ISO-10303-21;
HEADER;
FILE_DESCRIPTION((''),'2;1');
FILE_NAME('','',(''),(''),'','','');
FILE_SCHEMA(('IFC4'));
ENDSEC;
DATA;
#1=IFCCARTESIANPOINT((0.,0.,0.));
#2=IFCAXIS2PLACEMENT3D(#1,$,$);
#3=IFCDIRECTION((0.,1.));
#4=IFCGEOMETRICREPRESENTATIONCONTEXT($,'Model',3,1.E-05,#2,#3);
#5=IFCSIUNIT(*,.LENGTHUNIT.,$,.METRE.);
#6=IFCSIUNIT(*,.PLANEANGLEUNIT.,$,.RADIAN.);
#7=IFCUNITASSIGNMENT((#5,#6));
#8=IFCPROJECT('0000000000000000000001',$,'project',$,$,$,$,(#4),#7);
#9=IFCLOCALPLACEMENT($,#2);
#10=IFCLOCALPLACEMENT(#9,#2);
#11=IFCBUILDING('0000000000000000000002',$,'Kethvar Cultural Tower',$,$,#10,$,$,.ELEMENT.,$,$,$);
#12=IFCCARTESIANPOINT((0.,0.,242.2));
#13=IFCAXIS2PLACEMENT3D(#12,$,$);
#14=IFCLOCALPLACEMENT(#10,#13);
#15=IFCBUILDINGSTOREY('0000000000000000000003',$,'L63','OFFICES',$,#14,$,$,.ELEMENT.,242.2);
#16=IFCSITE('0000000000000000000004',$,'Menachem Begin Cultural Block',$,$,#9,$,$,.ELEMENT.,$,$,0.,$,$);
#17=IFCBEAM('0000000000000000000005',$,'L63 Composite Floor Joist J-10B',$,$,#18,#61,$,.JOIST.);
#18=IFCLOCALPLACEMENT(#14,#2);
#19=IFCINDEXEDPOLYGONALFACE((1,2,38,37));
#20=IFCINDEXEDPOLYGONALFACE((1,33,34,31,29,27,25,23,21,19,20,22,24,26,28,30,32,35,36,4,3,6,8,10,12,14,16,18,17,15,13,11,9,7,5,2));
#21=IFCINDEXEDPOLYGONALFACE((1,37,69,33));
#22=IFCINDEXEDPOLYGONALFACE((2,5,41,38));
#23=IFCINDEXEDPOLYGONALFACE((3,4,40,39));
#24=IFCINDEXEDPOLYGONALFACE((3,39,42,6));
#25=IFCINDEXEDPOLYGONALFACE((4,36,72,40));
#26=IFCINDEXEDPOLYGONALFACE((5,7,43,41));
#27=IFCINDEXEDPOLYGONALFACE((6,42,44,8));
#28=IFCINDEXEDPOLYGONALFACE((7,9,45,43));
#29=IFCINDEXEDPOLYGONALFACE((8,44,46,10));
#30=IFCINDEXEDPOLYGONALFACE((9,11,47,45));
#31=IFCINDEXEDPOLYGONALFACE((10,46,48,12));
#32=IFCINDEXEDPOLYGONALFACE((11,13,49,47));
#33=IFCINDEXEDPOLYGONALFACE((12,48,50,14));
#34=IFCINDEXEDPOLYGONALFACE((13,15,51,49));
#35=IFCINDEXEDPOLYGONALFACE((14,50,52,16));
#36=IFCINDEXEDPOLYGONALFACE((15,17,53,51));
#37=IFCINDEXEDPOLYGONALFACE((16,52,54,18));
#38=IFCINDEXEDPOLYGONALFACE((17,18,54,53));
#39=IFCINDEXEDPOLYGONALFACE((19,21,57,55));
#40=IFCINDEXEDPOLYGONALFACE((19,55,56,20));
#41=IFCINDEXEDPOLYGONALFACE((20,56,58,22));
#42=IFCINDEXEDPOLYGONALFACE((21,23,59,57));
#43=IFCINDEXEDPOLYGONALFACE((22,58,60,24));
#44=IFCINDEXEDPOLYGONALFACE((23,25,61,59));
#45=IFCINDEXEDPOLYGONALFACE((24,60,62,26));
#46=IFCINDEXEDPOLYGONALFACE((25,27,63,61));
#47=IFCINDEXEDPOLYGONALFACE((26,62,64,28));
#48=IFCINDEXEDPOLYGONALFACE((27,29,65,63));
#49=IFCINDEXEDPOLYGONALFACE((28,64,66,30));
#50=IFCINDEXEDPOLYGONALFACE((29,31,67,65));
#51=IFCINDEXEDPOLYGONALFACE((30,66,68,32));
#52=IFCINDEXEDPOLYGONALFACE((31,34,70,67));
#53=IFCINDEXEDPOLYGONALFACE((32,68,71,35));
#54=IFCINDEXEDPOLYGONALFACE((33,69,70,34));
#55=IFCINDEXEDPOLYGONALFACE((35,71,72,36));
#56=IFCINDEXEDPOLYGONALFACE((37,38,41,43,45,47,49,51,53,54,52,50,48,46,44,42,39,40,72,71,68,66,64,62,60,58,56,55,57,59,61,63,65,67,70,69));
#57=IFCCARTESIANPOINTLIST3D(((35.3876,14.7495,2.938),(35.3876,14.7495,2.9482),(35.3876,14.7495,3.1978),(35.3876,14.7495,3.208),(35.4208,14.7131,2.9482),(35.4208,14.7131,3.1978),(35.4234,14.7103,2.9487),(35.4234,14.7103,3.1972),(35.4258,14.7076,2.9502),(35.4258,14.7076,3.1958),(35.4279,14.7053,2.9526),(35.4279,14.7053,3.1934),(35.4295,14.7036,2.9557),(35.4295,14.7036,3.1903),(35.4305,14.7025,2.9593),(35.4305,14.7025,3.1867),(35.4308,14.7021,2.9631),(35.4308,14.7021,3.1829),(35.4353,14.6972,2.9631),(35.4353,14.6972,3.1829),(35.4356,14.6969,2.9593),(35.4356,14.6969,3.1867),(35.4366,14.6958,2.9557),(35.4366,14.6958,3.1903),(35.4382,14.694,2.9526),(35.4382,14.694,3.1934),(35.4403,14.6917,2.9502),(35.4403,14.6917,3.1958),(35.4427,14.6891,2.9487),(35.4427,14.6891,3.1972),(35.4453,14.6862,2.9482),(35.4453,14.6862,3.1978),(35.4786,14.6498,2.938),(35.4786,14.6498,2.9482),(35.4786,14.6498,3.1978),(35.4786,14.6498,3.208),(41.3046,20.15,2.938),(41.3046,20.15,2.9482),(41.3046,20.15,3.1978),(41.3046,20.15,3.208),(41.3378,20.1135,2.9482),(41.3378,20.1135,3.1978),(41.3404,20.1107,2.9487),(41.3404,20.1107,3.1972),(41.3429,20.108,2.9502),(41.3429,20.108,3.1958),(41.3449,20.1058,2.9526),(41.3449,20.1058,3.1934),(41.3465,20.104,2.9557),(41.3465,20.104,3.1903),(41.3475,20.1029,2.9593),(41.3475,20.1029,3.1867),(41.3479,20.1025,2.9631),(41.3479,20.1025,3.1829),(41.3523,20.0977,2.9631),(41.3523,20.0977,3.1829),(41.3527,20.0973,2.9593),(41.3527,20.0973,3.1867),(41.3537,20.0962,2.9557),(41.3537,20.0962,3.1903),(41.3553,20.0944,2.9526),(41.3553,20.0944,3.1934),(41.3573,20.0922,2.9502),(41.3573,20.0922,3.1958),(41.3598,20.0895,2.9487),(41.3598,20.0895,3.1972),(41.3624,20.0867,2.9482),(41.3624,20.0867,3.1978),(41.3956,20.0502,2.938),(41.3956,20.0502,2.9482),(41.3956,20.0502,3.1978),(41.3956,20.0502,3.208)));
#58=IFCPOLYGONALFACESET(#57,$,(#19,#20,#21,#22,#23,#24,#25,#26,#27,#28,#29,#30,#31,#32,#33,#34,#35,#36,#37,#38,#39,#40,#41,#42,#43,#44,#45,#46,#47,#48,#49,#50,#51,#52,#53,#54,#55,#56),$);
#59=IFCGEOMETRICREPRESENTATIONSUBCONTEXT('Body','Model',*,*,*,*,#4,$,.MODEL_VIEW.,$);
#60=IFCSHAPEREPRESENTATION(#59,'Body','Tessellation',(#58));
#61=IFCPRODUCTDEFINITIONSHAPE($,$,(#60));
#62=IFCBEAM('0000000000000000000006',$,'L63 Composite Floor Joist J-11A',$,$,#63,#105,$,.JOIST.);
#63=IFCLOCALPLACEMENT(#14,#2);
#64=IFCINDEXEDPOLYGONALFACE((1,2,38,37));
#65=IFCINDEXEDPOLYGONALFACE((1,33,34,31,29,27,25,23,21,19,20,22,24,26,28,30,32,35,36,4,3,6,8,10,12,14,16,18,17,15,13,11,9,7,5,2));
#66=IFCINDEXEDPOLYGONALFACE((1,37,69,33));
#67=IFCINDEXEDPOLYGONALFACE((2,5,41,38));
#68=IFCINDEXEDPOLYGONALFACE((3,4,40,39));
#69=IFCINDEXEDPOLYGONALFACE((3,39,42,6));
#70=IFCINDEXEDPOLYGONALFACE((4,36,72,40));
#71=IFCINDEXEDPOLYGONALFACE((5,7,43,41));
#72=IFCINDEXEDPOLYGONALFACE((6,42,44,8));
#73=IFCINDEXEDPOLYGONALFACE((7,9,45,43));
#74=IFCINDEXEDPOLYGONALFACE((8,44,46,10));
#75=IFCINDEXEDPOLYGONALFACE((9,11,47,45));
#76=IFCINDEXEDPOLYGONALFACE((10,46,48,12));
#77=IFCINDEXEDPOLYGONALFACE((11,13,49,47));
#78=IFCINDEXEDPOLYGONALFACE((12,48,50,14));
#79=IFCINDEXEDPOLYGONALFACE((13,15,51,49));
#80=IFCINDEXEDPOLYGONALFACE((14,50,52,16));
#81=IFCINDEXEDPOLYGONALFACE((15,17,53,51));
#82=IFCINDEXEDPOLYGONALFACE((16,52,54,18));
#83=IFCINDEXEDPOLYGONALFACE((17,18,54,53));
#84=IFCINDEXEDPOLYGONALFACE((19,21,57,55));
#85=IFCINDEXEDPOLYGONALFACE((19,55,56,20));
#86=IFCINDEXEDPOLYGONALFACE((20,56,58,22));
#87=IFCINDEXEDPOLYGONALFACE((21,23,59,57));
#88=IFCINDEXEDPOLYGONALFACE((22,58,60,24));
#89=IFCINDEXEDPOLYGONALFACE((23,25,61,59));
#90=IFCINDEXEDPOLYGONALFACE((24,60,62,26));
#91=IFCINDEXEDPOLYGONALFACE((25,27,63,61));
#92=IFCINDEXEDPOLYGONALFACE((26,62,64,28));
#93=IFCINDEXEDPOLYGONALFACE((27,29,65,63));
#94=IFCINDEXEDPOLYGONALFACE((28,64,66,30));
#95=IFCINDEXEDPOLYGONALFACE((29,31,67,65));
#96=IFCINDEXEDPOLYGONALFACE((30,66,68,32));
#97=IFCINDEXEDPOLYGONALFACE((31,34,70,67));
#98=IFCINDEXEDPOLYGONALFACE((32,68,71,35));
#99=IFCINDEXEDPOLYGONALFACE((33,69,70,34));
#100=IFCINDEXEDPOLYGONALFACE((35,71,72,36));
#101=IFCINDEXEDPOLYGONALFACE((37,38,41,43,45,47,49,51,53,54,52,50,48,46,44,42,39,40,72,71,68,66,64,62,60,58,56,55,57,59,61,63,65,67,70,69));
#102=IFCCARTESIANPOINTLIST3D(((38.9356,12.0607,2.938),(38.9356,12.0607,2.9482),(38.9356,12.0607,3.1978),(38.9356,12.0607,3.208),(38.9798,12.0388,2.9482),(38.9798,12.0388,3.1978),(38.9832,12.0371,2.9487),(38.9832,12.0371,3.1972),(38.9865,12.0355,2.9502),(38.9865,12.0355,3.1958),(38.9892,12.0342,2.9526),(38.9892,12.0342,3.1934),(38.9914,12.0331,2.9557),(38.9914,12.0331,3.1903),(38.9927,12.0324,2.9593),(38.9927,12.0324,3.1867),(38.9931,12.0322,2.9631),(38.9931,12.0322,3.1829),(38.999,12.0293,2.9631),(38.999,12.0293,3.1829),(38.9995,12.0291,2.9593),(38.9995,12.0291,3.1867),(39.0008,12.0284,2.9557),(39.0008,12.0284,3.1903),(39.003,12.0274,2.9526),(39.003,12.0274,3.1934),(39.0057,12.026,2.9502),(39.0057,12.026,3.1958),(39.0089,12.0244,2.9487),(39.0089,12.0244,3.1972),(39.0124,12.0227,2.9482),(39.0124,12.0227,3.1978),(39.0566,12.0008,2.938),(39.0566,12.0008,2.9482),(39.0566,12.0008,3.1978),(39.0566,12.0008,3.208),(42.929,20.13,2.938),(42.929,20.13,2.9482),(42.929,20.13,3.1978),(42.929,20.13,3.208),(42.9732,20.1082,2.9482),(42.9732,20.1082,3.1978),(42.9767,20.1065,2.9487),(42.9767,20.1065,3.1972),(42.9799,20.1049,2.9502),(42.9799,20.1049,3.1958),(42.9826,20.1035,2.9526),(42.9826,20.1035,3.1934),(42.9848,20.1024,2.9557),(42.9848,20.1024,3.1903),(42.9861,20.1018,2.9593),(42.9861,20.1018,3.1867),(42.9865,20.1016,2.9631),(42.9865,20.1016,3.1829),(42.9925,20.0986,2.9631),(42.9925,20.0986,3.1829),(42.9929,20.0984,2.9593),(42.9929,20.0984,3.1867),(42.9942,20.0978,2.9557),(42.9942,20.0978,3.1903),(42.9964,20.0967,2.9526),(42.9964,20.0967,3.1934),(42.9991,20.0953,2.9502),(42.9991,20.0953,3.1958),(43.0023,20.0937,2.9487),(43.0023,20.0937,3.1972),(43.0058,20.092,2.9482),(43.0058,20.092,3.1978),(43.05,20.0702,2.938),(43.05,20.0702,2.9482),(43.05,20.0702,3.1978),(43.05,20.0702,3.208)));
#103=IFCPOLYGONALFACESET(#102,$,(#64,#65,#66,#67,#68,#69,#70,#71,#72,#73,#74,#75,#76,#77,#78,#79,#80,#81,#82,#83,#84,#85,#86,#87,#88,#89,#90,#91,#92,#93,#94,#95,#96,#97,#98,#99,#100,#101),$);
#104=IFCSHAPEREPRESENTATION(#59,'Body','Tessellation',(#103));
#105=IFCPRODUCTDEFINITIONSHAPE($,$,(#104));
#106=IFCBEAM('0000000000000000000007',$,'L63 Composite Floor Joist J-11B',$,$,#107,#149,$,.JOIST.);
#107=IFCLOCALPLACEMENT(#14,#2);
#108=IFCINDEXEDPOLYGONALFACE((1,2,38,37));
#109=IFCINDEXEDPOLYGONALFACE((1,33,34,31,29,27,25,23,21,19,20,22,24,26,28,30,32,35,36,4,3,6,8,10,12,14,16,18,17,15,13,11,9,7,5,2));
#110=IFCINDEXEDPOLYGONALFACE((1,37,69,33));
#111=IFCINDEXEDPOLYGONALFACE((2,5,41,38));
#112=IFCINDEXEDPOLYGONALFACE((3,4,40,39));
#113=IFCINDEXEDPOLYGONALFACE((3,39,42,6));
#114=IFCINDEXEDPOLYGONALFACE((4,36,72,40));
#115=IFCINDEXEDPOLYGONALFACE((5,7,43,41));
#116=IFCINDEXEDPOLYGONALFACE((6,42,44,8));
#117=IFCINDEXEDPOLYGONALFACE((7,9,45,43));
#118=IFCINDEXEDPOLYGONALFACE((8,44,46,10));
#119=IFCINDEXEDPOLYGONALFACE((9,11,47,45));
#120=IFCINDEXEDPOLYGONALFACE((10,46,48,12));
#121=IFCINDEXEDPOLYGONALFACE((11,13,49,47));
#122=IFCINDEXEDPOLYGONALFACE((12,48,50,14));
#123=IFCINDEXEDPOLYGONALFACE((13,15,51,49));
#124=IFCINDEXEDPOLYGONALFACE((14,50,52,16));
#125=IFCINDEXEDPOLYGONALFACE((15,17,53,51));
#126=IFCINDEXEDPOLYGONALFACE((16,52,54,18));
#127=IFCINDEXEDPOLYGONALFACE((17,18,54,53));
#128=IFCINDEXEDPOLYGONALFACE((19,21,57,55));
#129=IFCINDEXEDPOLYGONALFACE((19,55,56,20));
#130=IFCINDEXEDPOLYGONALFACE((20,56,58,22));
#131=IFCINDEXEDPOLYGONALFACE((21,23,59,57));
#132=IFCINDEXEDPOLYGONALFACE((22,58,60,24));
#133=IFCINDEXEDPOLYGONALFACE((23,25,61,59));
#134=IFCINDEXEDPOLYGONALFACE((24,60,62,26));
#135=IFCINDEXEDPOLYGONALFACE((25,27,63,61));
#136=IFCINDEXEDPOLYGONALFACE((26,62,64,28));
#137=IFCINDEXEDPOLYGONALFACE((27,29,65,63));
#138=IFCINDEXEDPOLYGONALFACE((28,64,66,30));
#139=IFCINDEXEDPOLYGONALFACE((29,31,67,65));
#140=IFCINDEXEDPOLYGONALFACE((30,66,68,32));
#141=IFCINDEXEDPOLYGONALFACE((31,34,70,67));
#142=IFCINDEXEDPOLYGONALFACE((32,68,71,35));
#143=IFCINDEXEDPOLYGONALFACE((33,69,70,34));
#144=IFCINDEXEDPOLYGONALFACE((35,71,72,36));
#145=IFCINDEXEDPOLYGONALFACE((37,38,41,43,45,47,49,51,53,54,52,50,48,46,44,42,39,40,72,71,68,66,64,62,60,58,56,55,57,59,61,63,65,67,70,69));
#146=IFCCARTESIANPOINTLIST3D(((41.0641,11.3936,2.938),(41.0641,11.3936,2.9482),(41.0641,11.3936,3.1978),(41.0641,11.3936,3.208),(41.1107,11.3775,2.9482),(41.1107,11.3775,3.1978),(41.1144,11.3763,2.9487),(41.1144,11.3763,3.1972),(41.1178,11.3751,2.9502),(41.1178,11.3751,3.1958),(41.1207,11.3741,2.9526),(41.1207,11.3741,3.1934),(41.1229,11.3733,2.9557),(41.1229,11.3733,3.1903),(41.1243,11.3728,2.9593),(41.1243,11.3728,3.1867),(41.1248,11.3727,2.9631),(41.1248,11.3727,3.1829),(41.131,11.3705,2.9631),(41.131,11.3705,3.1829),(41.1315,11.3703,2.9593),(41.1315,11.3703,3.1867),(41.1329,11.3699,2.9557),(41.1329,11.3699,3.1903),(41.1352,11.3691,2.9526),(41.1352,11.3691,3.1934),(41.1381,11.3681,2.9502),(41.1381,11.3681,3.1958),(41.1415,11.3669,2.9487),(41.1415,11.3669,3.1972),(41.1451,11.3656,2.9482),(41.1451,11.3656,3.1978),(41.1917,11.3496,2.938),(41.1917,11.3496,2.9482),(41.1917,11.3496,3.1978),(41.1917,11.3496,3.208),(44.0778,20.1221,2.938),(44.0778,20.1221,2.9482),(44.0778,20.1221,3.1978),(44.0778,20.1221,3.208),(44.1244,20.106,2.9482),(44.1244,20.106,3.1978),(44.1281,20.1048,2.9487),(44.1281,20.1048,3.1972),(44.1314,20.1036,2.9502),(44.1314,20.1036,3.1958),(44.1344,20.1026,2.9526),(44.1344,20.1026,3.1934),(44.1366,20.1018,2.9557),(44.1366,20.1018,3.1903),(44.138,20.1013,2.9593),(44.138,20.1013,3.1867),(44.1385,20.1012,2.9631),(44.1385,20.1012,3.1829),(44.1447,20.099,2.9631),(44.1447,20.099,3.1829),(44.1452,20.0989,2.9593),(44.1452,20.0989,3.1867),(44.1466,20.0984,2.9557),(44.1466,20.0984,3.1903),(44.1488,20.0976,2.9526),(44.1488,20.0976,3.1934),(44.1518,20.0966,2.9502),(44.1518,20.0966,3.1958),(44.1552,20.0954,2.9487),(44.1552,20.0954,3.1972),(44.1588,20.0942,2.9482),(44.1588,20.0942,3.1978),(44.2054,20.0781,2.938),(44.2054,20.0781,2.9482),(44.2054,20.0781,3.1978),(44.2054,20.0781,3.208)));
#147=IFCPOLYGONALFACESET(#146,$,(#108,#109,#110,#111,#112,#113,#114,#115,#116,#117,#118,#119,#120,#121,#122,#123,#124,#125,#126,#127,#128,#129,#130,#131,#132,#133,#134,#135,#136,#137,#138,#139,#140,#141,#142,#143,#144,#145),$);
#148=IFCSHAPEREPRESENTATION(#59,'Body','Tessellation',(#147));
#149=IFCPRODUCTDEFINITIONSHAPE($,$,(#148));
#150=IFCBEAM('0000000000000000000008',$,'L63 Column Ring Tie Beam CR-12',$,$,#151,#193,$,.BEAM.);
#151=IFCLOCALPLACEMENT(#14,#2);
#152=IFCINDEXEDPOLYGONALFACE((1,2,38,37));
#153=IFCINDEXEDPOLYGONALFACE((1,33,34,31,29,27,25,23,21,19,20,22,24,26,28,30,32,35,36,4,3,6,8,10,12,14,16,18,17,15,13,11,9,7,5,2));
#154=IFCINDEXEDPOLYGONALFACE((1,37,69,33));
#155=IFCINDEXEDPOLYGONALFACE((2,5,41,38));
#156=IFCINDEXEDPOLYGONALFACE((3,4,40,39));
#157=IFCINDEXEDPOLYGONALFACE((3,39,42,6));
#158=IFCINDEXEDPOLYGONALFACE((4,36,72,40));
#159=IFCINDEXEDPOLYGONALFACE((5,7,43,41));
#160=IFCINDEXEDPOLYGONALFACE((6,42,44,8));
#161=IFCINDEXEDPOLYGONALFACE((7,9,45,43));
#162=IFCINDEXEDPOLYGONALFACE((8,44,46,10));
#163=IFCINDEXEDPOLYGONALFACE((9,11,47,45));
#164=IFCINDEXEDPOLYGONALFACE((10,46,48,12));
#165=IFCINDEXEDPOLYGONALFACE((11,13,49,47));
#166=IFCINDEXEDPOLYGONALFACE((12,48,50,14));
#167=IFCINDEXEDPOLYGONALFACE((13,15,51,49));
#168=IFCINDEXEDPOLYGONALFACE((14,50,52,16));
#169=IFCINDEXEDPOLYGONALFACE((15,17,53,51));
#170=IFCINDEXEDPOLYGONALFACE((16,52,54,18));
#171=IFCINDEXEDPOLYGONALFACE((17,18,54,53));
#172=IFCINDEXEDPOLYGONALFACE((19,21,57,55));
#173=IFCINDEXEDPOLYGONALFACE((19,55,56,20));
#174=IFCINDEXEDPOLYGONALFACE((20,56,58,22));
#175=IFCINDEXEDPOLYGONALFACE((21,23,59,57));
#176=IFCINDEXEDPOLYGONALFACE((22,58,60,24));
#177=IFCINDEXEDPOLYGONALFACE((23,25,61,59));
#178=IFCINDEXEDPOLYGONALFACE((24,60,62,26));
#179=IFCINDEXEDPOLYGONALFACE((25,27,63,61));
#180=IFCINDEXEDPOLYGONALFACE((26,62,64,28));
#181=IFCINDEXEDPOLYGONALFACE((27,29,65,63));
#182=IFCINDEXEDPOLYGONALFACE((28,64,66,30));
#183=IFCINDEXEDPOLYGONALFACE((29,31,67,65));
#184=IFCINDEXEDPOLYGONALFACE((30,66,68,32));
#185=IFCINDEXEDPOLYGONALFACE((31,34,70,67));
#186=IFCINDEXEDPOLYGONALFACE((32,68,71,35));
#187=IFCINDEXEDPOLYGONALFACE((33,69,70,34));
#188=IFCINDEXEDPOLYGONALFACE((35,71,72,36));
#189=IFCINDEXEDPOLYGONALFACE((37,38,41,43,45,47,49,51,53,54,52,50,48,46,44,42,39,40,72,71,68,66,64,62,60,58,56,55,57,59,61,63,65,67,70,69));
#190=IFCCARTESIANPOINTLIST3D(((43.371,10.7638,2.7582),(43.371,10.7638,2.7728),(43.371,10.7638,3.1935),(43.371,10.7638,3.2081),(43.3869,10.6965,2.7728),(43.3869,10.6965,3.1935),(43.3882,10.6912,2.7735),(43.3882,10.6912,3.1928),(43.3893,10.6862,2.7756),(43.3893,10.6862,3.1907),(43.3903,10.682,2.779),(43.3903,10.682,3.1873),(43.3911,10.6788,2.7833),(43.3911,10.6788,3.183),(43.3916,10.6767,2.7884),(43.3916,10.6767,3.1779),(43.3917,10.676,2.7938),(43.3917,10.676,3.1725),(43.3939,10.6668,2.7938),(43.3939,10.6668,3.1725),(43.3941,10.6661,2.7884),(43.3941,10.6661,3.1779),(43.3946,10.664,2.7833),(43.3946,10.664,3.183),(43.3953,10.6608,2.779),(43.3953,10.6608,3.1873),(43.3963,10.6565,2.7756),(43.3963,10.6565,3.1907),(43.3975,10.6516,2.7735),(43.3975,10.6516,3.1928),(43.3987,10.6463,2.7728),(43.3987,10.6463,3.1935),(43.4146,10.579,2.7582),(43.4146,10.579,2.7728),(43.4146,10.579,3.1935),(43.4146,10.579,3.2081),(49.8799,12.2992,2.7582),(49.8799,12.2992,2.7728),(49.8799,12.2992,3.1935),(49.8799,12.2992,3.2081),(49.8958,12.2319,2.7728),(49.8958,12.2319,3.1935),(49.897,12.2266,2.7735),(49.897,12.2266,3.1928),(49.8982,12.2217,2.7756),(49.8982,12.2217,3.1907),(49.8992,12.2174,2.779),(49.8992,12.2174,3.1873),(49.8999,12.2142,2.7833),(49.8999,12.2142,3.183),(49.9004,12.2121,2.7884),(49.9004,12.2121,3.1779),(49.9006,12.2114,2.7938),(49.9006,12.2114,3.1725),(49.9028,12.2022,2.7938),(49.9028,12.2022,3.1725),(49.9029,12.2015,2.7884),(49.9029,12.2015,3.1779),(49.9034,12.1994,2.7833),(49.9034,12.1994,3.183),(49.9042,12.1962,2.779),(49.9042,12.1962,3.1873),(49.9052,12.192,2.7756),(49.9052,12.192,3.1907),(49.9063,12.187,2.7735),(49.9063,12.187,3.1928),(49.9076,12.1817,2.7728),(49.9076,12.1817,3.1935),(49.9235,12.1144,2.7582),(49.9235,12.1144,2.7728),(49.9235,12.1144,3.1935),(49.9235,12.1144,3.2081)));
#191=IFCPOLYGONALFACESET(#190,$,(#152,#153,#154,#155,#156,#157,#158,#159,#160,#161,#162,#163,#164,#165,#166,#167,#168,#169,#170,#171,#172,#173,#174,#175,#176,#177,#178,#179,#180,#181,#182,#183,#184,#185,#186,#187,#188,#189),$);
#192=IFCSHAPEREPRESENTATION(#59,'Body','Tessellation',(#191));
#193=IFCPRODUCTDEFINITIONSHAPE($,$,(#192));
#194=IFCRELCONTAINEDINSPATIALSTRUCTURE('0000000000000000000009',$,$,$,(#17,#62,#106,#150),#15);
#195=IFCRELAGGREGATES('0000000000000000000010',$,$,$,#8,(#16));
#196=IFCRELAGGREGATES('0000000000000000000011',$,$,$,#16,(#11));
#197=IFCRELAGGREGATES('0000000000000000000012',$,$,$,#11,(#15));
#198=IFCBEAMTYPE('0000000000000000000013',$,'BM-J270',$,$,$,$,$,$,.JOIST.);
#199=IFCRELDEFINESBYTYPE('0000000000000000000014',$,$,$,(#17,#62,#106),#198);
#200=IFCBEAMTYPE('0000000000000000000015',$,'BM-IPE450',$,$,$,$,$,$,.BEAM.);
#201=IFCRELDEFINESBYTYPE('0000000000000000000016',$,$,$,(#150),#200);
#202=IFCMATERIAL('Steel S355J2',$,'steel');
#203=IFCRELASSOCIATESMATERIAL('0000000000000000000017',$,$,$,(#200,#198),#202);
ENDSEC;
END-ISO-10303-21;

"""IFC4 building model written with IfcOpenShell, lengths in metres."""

from ifc_helpers import new_model, si_unit, direction, frame, origin, origin_2d, place, context, subcontext, project, spatial, i_section, extrude, source, transform, mapped, material, material_profile, profile_set, type_object, element, save


model = new_model("IFC4")

# Units and contexts
model_context = context("Model", 3, precision=1e-05, world=origin(), true_north=direction((0.0, 1.0)))
body_context = subcontext(model_context, "Body", "Model", "MODEL_VIEW")
ifc_project = project(units=[si_unit("LENGTHUNIT", "METRE"), si_unit("PLANEANGLEUNIT", "RADIAN")], contexts=[model_context])

# Site, building, storey
site_placement = place(None, origin())
site = spatial("IfcSite", under=ifc_project, at=site_placement, Name="Menachem Begin Cultural Block", CompositionType="ELEMENT", RefElevation=0.0)
building_placement = place(site_placement, origin())
building = spatial("IfcBuilding", under=site, at=building_placement, Name="Kethvar Cultural Tower", CompositionType="ELEMENT")
storey_placement = place(building_placement, frame((0.0, 0.0, 242.2)))
storey = spatial("IfcBuildingStorey", under=building, at=storey_placement, Name="L63", Description="OFFICES", CompositionType="ELEMENT", Elevation=242.2)

# Beams
ifc_material_1 = material(Name="Steel S355J2", Category="steel")
ifc_material_profile_1 = material_profile(ifc_material_1, i_section(OverallWidth=0.1899, OverallDepth=0.45, WebThickness=0.0095, FlangeThickness=0.0146, FilletRadius=0.021, at=origin_2d()), Name="Steel S355J2 — IPE450")
ifc_profile_set_1 = profile_set([ifc_material_profile_1], Name="Steel S355J2 — IPE450")
beam_type_1 = type_object("IfcBeamType", Name="BM-IPE450", PredefinedType="BEAM", material=ifc_profile_set_1)
ifc_material_profile_2 = material_profile(ifc_material_1, i_section(OverallWidth=0.135, OverallDepth=0.27, WebThickness=0.0066, FlangeThickness=0.0103, FilletRadius=0.0149, at=origin_2d()), Name="Steel S355J2 — IPE270")
ifc_profile_set_2 = profile_set([ifc_material_profile_2], Name="Steel S355J2 — IPE270")
beam_type_2 = type_object("IfcBeamType", Name="BM-J270", PredefinedType="JOIST", material=ifc_profile_set_2)
shared_shape_1 = source(origin(), body_context, "Body", "SweptSolid", [
    extrude(i_section(OverallWidth=0.135, OverallDepth=0.27, WebThickness=0.0066, FlangeThickness=0.0103, FilletRadius=0.0149, at=origin_2d()), origin(), (0.0, 0.0, 1.0), 8.011),
])
beam_1_placement = place(storey_placement, frame((41.3501, 20.1001, 3.073), z_axis=(-0.738615, -0.674128, 0.0), x_axis=(0.674128, -0.738615, 0.0)))
element("IfcBeam", 1, at=beam_1_placement, inside=storey, type_object=beam_type_2, Name="L63 Composite Floor Joist J-10B", PredefinedType="JOIST", context=body_context, shape_type="MappedRepresentation", body=[
    mapped(shared_shape_1, transform((0.0, 0.0, 0.0), scale=1.0)),
])
shared_shape_2 = source(origin(), body_context, "Body", "SweptSolid", [
    extrude(i_section(OverallWidth=0.135, OverallDepth=0.27, WebThickness=0.0066, FlangeThickness=0.0103, FilletRadius=0.0149, at=origin_2d()), origin(), (0.0, 0.0, 1.0), 9.0034),
])
beam_2_placement = place(storey_placement, frame((42.9895, 20.1001, 3.073), z_axis=(-0.443544, -0.896253, 0.0), x_axis=(0.896253, -0.443544, 0.0)))
element("IfcBeam", 2, at=beam_2_placement, inside=storey, type_object=beam_type_2, Name="L63 Composite Floor Joist J-11A", PredefinedType="JOIST", context=body_context, shape_type="MappedRepresentation", body=[
    mapped(shared_shape_2, transform((0.0, 0.0, 0.0), scale=1.0)),
])
shared_shape_3 = source(origin(), body_context, "Body", "SweptSolid", [
    extrude(i_section(OverallWidth=0.135, OverallDepth=0.27, WebThickness=0.0066, FlangeThickness=0.0103, FilletRadius=0.0149, at=origin_2d()), origin(), (0.0, 0.0, 1.0), 9.2341),
])
beam_3_placement = place(storey_placement, frame((44.1416, 20.1001, 3.073), z_axis=(-0.326362, -0.945245, 0.0), x_axis=(0.945245, -0.326362, 0.0)))
element("IfcBeam", 3, at=beam_3_placement, inside=storey, type_object=beam_type_2, Name="L63 Composite Floor Joist J-11B", PredefinedType="JOIST", context=body_context, shape_type="MappedRepresentation", body=[
    mapped(shared_shape_3, transform((0.0, 0.0, 0.0), scale=1.0)),
])
shared_shape_4 = source(origin(), body_context, "Body", "SweptSolid", [
    extrude(i_section(OverallWidth=0.1899, OverallDepth=0.45, WebThickness=0.0095, FlangeThickness=0.0146, FilletRadius=0.021, at=origin_2d()), origin(), (0.0, 0.0, 1.0), 6.6875),
])
beam_4_placement = place(storey_placement, frame((43.3928, 10.6714, 2.9832), z_axis=(0.973286, 0.229595, 0.0), x_axis=(-0.229595, 0.973286, 0.0)))
element("IfcBeam", 4, at=beam_4_placement, inside=storey, type_object=beam_type_1, Name="L63 Column Ring Tie Beam CR-12", PredefinedType="BEAM", context=body_context, shape_type="MappedRepresentation", body=[
    mapped(shared_shape_4, transform((0.0, 0.0, 0.0), scale=1.0)),
])

save(model, "model.ifc")
